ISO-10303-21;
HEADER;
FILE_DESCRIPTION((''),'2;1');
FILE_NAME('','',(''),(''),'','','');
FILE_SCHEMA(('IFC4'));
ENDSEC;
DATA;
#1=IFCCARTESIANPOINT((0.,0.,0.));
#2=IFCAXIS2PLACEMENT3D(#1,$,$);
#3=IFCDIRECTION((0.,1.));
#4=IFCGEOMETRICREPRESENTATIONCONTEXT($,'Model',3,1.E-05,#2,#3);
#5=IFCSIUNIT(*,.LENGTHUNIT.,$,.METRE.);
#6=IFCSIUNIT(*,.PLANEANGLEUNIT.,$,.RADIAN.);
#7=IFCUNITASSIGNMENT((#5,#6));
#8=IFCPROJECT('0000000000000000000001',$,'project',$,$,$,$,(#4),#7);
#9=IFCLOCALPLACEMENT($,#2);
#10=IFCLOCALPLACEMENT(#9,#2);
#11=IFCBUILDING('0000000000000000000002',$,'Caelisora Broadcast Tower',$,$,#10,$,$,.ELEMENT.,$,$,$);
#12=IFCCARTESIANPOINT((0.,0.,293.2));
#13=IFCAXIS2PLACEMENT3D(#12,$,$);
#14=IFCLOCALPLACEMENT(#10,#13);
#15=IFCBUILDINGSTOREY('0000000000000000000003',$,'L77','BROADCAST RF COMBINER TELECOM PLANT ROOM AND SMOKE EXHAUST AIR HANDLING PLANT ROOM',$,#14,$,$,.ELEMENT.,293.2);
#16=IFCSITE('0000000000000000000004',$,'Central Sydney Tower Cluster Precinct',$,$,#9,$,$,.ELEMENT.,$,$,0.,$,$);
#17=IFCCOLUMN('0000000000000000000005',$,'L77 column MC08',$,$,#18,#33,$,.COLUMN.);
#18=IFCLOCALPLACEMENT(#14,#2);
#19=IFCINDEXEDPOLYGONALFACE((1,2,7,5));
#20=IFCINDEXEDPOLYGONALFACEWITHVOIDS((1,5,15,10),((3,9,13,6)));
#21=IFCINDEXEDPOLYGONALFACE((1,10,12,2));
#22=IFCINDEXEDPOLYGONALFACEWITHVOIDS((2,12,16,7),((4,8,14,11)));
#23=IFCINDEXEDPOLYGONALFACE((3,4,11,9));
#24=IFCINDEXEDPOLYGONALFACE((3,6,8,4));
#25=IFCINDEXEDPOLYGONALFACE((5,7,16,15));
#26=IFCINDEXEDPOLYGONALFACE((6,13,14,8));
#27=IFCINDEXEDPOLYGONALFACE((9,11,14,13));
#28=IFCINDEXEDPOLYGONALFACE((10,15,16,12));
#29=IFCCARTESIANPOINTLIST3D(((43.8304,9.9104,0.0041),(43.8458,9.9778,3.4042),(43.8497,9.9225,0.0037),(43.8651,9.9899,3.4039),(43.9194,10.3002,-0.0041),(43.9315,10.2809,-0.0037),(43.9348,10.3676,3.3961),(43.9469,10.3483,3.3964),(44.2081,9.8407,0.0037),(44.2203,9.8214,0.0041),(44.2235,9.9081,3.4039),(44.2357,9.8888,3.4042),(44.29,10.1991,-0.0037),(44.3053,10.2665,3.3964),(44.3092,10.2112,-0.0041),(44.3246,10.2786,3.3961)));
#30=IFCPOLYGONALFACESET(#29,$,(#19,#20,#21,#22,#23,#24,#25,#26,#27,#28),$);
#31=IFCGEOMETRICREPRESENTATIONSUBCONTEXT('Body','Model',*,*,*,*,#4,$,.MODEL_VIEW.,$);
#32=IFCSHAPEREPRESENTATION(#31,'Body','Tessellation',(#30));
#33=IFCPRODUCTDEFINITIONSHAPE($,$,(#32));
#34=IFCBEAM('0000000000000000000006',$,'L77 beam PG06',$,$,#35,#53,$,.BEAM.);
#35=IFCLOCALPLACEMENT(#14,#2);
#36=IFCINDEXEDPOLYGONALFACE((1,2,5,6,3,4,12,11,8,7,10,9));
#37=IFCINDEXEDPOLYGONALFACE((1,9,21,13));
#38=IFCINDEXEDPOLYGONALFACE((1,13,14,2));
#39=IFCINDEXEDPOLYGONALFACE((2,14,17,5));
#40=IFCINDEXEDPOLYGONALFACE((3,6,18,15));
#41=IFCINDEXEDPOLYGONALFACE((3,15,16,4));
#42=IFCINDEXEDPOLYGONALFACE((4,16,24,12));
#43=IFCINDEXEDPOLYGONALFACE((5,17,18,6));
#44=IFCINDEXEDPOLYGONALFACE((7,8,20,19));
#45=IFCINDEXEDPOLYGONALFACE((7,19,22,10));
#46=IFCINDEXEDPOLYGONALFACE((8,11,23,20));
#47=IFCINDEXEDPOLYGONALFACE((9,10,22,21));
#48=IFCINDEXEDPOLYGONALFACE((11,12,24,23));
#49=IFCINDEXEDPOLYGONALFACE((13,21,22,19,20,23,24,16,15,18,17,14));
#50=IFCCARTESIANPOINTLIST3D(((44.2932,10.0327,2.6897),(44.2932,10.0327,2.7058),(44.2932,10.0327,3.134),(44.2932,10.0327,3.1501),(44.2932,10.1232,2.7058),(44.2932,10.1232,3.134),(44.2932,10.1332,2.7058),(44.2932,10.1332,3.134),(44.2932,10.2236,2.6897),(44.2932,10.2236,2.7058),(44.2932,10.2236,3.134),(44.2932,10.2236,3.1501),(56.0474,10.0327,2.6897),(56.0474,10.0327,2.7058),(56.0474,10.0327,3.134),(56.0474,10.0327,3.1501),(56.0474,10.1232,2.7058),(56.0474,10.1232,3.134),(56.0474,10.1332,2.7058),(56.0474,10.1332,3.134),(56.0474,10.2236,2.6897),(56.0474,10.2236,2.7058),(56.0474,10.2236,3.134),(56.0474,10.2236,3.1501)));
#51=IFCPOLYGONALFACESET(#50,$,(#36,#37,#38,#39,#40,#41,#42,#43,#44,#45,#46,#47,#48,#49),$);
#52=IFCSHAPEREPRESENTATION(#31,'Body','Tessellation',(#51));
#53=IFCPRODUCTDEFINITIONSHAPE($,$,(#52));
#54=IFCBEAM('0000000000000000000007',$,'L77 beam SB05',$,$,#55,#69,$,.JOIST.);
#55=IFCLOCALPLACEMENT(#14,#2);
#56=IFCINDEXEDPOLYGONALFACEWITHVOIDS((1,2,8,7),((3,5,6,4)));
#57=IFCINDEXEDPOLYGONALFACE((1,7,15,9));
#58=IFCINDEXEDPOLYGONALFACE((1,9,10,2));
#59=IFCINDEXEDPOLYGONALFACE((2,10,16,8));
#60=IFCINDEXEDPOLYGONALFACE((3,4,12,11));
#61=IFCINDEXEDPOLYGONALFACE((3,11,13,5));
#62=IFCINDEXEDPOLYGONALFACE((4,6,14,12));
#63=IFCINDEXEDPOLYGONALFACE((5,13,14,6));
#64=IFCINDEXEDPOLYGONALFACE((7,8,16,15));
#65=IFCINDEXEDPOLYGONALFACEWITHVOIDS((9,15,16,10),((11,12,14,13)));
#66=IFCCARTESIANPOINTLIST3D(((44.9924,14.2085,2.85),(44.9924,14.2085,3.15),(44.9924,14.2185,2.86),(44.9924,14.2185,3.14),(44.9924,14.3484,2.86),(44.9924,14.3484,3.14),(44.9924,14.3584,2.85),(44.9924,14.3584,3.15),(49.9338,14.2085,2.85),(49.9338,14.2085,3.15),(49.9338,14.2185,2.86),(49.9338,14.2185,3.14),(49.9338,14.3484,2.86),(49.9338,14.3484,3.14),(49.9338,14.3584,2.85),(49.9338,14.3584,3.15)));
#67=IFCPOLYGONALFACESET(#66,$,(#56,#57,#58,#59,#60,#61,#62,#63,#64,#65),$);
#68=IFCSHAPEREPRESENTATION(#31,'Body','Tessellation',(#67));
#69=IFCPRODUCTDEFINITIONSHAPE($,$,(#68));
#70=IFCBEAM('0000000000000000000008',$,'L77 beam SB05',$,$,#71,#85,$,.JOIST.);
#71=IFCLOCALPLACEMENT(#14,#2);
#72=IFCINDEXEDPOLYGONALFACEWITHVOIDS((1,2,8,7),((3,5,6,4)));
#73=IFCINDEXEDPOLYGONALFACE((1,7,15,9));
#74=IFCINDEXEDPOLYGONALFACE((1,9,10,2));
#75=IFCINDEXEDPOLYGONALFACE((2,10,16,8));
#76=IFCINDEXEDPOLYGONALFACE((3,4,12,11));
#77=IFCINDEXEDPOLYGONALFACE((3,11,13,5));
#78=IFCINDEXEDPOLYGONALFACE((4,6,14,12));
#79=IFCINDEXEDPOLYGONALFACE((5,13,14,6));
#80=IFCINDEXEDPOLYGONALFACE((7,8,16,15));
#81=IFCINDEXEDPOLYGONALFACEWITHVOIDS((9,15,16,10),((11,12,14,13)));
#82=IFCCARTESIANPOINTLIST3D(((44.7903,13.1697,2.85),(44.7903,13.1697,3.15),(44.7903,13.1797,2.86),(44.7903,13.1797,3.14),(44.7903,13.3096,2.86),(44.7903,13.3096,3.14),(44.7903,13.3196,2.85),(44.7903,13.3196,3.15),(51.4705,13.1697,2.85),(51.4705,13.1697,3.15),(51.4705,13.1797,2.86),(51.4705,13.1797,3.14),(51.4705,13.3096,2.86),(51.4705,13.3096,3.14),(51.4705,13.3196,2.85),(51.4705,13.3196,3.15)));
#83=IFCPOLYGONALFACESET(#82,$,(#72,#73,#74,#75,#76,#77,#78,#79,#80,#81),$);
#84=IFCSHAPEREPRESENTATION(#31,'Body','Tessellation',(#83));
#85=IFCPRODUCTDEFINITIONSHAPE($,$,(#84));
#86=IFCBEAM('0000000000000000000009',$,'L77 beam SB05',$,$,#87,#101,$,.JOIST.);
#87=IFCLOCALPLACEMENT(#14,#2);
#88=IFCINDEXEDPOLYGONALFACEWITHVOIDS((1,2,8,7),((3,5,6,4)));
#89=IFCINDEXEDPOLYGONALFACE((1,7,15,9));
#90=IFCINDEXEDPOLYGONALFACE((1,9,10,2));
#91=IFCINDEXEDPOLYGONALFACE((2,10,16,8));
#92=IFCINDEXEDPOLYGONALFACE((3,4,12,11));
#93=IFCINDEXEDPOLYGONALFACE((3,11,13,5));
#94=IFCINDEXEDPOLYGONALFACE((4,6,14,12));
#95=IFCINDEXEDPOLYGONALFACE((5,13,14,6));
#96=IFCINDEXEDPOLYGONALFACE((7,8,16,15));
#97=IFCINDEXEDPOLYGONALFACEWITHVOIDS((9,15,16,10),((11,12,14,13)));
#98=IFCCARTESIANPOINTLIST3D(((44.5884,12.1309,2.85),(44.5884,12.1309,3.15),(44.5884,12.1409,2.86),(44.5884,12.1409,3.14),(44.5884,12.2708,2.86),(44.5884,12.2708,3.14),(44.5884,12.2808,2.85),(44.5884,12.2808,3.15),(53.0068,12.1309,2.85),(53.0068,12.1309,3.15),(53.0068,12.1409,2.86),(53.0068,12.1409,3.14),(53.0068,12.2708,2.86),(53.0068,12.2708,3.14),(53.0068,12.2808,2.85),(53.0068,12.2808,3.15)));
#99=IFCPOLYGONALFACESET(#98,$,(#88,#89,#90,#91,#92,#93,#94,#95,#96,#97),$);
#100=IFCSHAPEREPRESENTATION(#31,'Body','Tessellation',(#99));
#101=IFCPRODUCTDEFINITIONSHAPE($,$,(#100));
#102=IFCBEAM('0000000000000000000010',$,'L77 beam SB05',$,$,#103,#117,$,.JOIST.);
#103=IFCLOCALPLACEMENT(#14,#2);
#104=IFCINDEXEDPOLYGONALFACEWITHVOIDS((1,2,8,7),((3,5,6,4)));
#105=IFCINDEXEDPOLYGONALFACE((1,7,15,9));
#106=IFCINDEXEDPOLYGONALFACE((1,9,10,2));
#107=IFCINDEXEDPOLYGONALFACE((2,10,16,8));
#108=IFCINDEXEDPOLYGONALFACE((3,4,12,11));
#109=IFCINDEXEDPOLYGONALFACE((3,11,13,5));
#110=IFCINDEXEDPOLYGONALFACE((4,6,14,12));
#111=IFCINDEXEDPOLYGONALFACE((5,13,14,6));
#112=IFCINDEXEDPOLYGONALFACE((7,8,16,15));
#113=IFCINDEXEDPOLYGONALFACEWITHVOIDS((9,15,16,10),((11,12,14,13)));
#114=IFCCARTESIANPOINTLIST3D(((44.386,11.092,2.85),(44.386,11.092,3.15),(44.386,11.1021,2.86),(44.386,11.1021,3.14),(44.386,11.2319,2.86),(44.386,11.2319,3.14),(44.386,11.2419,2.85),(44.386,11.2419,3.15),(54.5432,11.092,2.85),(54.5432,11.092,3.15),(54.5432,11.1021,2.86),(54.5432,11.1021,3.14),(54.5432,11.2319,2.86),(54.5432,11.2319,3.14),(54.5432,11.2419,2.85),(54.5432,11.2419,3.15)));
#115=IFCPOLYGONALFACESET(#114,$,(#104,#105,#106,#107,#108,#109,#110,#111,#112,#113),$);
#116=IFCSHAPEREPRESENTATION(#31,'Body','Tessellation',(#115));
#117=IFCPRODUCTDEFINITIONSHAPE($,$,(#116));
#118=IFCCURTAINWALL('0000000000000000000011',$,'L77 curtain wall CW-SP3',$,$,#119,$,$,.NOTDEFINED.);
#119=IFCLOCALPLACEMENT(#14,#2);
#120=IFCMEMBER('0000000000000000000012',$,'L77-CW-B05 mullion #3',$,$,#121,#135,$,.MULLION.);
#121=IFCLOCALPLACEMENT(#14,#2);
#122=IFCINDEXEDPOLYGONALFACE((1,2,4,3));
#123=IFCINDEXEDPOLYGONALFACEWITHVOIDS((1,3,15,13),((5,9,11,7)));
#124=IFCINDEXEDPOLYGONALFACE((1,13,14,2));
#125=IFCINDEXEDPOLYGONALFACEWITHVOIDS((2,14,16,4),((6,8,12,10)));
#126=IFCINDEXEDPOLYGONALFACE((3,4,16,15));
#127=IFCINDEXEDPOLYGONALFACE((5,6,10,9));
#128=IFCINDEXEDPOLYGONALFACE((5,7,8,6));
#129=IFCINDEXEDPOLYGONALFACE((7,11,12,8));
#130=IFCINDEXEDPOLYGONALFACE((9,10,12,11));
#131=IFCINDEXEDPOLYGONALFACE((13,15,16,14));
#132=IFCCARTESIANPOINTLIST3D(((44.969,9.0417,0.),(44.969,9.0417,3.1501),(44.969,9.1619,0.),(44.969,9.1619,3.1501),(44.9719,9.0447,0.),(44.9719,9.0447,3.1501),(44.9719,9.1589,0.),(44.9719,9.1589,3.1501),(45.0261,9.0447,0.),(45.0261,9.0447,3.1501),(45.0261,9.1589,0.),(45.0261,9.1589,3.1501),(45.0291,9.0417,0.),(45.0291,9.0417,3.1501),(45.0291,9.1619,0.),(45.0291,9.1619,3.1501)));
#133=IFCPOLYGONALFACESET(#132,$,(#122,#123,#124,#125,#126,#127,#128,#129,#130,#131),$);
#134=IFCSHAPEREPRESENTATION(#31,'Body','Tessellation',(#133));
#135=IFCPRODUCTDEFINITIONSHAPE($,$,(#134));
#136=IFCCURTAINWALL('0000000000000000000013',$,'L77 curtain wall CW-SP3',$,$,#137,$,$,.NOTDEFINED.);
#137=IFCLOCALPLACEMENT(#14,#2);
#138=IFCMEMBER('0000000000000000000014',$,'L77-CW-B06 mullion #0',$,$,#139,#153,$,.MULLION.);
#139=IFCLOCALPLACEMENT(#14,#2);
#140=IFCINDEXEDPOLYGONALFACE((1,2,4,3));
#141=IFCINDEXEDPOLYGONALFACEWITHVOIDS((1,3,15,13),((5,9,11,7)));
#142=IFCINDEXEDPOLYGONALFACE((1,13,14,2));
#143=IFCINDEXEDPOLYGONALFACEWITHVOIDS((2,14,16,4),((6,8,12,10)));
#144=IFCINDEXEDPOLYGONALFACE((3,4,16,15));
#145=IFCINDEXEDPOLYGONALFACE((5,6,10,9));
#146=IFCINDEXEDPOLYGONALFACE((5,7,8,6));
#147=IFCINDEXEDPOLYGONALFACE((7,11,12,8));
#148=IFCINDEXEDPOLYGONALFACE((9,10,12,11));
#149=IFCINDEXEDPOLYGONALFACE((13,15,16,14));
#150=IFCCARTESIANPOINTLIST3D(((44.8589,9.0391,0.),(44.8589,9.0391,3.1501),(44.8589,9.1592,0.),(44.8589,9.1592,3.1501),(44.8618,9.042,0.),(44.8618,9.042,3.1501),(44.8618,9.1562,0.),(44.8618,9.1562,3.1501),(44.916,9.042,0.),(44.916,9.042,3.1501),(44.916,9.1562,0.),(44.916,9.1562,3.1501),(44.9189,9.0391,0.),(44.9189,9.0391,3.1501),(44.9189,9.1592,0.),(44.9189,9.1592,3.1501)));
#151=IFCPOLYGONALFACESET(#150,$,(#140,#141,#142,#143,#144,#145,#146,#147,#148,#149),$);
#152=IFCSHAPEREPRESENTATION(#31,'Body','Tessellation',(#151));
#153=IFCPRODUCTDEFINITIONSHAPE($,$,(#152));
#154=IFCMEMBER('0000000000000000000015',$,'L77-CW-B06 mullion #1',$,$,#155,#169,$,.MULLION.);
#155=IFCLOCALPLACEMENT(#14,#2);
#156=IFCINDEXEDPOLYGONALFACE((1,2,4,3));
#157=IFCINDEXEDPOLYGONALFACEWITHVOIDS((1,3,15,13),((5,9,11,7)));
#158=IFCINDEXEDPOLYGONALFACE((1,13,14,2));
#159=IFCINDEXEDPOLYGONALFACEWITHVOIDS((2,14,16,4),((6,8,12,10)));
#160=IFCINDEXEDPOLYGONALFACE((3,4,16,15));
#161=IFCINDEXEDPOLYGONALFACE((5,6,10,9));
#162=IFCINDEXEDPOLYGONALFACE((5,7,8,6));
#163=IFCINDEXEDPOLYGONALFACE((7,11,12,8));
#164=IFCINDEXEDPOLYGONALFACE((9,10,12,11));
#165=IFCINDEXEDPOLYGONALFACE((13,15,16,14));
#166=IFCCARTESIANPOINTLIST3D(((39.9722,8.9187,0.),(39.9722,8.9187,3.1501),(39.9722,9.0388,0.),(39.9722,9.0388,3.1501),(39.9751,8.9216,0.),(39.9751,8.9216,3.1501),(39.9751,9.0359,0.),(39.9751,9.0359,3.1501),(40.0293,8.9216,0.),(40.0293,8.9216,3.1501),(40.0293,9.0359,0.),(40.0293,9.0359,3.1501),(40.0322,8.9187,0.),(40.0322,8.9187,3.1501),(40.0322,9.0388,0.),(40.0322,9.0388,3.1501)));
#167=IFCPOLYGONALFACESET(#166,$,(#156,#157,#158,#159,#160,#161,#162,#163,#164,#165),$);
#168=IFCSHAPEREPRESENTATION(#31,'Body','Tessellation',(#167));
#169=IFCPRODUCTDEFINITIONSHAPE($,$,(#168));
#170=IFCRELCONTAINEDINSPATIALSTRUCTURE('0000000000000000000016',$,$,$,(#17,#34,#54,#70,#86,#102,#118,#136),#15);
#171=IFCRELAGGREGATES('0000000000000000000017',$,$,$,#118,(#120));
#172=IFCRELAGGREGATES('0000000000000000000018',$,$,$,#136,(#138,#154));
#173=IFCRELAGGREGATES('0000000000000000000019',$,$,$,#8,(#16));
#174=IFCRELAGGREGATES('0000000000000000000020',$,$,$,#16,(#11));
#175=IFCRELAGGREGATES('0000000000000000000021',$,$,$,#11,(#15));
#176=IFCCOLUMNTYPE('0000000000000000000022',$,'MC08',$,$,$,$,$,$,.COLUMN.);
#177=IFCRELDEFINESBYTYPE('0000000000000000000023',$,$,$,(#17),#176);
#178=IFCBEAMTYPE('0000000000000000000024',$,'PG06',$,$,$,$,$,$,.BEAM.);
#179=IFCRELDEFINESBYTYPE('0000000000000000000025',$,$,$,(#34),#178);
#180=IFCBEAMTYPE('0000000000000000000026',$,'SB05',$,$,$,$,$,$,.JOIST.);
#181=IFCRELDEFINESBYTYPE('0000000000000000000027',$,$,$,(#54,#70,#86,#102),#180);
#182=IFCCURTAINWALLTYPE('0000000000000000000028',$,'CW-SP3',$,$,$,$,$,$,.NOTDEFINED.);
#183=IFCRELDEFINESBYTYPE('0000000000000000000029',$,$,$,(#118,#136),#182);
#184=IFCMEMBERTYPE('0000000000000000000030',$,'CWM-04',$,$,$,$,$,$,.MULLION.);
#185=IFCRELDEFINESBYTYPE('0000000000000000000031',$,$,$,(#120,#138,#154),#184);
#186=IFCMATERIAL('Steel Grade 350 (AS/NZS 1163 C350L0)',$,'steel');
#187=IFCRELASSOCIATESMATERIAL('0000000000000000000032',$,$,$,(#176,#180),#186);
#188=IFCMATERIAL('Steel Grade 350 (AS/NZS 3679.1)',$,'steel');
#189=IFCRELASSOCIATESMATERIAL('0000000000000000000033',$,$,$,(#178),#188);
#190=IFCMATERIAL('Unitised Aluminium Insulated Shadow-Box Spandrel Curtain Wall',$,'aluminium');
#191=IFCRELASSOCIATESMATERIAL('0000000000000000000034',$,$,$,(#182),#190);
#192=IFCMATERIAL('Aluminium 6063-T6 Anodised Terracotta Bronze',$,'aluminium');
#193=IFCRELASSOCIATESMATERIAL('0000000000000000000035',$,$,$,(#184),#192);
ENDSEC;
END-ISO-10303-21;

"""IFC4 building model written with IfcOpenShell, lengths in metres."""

from ifc_helpers import new_model, si_unit, direction, frame, origin, origin_2d, place, context, subcontext, project, spatial, hollow_rectangle, i_section, extrude, source, transform, mapped, material, material_profile, profile_set, type_object, type_shapes, element, aggregate, save


model = new_model("IFC4")

# Units and contexts
model_context = context("Model", 3, precision=1e-05, world=origin(), true_north=direction((0.0, 1.0)))
body_context = subcontext(model_context, "Body", "Model", "MODEL_VIEW")
ifc_project = project(units=[si_unit("LENGTHUNIT", "METRE"), si_unit("PLANEANGLEUNIT", "RADIAN")], contexts=[model_context])

# Site, building, storey
site_placement = place(None, origin())
site = spatial("IfcSite", under=ifc_project, at=site_placement, Name="Central Sydney Tower Cluster Precinct", CompositionType="ELEMENT", RefElevation=0.0)
building_placement = place(site_placement, origin())
building = spatial("IfcBuilding", under=site, at=building_placement, Name="Caelisora Broadcast Tower", CompositionType="ELEMENT")
storey_placement = place(building_placement, frame((0.0, 0.0, 293.2)))
storey = spatial("IfcBuildingStorey", under=building, at=storey_placement, Name="L77", Description="BROADCAST RF COMBINER TELECOM PLANT ROOM AND SMOKE EXHAUST AIR HANDLING PLANT ROOM", CompositionType="ELEMENT", Elevation=293.2)

# Column
ifc_material_1 = material(Name="Steel Grade 350 (AS/NZS 1163 C350L0)", Category="steel")
ifc_material_profile_1 = material_profile(ifc_material_1, hollow_rectangle(XDim=0.3999, YDim=0.3999, WallThickness=0.0161, at=origin_2d()), Name="Steel Grade 350 (AS/NZS 1163 C350L0)")
ifc_profile_set_1 = profile_set([ifc_material_profile_1], Name="Steel Grade 350 (AS/NZS 1163 C350L0)")
column_type = type_object("IfcColumnType", Name="MC08", PredefinedType="COLUMN", material=ifc_profile_set_1)
shared_shape_1 = source(origin(), body_context, "Body", "SweptSolid", [
    extrude(hollow_rectangle(XDim=0.3999, YDim=0.3999, WallThickness=0.0161, at=origin_2d()), origin(), (0.0, 0.0, 1.0), 3.4009),
])
type_shapes(column_type, [shared_shape_1])
column_placement = place(storey_placement, frame((44.0698, 10.0608, 0.0), z_axis=(0.004523, 0.019814, 0.999793), x_axis=(-0.974924, 0.222537, 0.0)))
element("IfcColumn", 1, at=column_placement, inside=storey, type_object=column_type, Name="L77 column MC08", PredefinedType="COLUMN", context=body_context, shape_type="MappedRepresentation", body=[
    mapped(shared_shape_1, transform((0.0, 0.0, 0.0), scale=1.0)),
])

# Beams
ifc_material_2 = material(Name="Steel Grade 350 (AS/NZS 3679.1)", Category="steel")
ifc_material_profile_2 = material_profile(ifc_material_2, i_section(OverallWidth=0.1909, OverallDepth=0.4604, WebThickness=0.01, FlangeThickness=0.0161, at=origin_2d()), Name="Steel Grade 350 (AS/NZS 3679.1)")
ifc_profile_set_2 = profile_set([ifc_material_profile_2], Name="Steel Grade 350 (AS/NZS 3679.1)")
beam_type_1 = type_object("IfcBeamType", Name="PG06", PredefinedType="BEAM", material=ifc_profile_set_2)
shared_shape_2 = source(origin(), body_context, "Body", "SweptSolid", [
    extrude(i_section(OverallWidth=0.1909, OverallDepth=0.4604, WebThickness=0.01, FlangeThickness=0.0161, at=origin_2d()), origin(), (0.0, 0.0, 1.0), 11.7542),
])
type_shapes(beam_type_1, [shared_shape_2])
beam_1_placement = place(storey_placement, frame((44.2932, 10.1282, 2.9199), z_axis=(1.0, 0.0, 0.0), x_axis=(0.0, 1.0, 0.0)))
element("IfcBeam", 2, at=beam_1_placement, inside=storey, type_object=beam_type_1, Name="L77 beam PG06", PredefinedType="BEAM", context=body_context, shape_type="MappedRepresentation", body=[
    mapped(shared_shape_2, transform((0.0, 0.0, 0.0), scale=1.0)),
])
ifc_material_profile_3 = material_profile(ifc_material_1, hollow_rectangle(XDim=0.1499, YDim=0.3, WallThickness=0.01, at=origin_2d()), Name="Steel Grade 350 (AS/NZS 1163 C350L0)")
ifc_profile_set_3 = profile_set([ifc_material_profile_3], Name="Steel Grade 350 (AS/NZS 1163 C350L0)")
beam_type_2 = type_object("IfcBeamType", Name="SB05", PredefinedType="JOIST", material=ifc_profile_set_3)
shared_shape_3 = source(origin(), body_context, "Body", "SweptSolid", [
    extrude(hollow_rectangle(XDim=0.1499, YDim=0.3, WallThickness=0.01, at=origin_2d()), origin(), (0.0, 0.0, 1.0), 4.9414),
])
beam_2_placement = place(storey_placement, frame((44.9924, 14.2834, 3.0), z_axis=(1.0, 0.0, 0.0), x_axis=(0.0, 1.0, 0.0)))
element("IfcBeam", 3, at=beam_2_placement, inside=storey, type_object=beam_type_2, Name="L77 beam SB05", PredefinedType="JOIST", context=body_context, shape_type="MappedRepresentation", body=[
    mapped(shared_shape_3, transform((0.0, 0.0, 0.0), scale=1.0)),
])
shared_shape_4 = source(origin(), body_context, "Body", "SweptSolid", [
    extrude(hollow_rectangle(XDim=0.1499, YDim=0.3, WallThickness=0.01, at=origin_2d()), origin(), (0.0, 0.0, 1.0), 6.6802),
])
beam_3_placement = place(storey_placement, frame((44.7903, 13.2446, 3.0), z_axis=(1.0, 0.0, 0.0), x_axis=(0.0, 1.0, 0.0)))
element("IfcBeam", 4, at=beam_3_placement, inside=storey, type_object=beam_type_2, Name="L77 beam SB05", PredefinedType="JOIST", context=body_context, shape_type="MappedRepresentation", body=[
    mapped(shared_shape_4, transform((0.0, 0.0, 0.0), scale=1.0)),
])
shared_shape_5 = source(origin(), body_context, "Body", "SweptSolid", [
    extrude(hollow_rectangle(XDim=0.1499, YDim=0.3, WallThickness=0.01, at=origin_2d()), origin(), (0.0, 0.0, 1.0), 8.4185),
])
beam_4_placement = place(storey_placement, frame((44.5884, 12.2058, 3.0), z_axis=(1.0, 0.0, 0.0), x_axis=(0.0, 1.0, 0.0)))
element("IfcBeam", 5, at=beam_4_placement, inside=storey, type_object=beam_type_2, Name="L77 beam SB05", PredefinedType="JOIST", context=body_context, shape_type="MappedRepresentation", body=[
    mapped(shared_shape_5, transform((0.0, 0.0, 0.0), scale=1.0)),
])
shared_shape_6 = source(origin(), body_context, "Body", "SweptSolid", [
    extrude(hollow_rectangle(XDim=0.1499, YDim=0.3, WallThickness=0.01, at=origin_2d()), origin(), (0.0, 0.0, 1.0), 10.1572),
])
type_shapes(beam_type_2, [shared_shape_3, shared_shape_4, shared_shape_5, shared_shape_6])
beam_5_placement = place(storey_placement, frame((44.386, 11.167, 3.0), z_axis=(1.0, 0.0, 0.0), x_axis=(0.0, 1.0, 0.0)))
element("IfcBeam", 6, at=beam_5_placement, inside=storey, type_object=beam_type_2, Name="L77 beam SB05", PredefinedType="JOIST", context=body_context, shape_type="MappedRepresentation", body=[
    mapped(shared_shape_6, transform((0.0, 0.0, 0.0), scale=1.0)),
])

# Curtain wall, member
ifc_material_3 = material(Name="Unitised Aluminium Insulated Shadow-Box Spandrel Curtain Wall", Category="aluminium")
curtain_wall_type = type_object("IfcCurtainWallType", Name="CW-SP3", PredefinedType="NOTDEFINED", material=ifc_material_3)
curtain_wall_1_placement = place(storey_placement, origin())
curtain_wall_1 = element("IfcCurtainWall", 7, at=curtain_wall_1_placement, inside=storey, type_object=curtain_wall_type, Name="L77 curtain wall CW-SP3", PredefinedType="NOTDEFINED")
ifc_material_4 = material(Name="Aluminium 6063-T6 Anodised Terracotta Bronze", Category="aluminium")
ifc_material_profile_4 = material_profile(ifc_material_4, hollow_rectangle(XDim=0.0601, YDim=0.1201, WallThickness=0.0029, at=origin_2d()), Name="Aluminium 6063-T6 Anodised Terracotta Bronze")
ifc_profile_set_4 = profile_set([ifc_material_profile_4], Name="Aluminium 6063-T6 Anodised Terracotta Bronze")
member_type_1 = type_object("IfcMemberType", Name="CWM-04", PredefinedType="MULLION", material=ifc_profile_set_4)
shared_shape_7 = source(origin(), body_context, "Body", "SweptSolid", [
    extrude(hollow_rectangle(XDim=0.0601, YDim=0.1201, WallThickness=0.0029, at=origin_2d()), origin(), (0.0, 0.0, 1.0), 3.1501),
])
type_shapes(member_type_1, [shared_shape_7])
member_1_placement = place(storey_placement, frame((44.999, 9.1018, 0.0), z_axis=(0.0, 0.0, 1.0), x_axis=(1.0, 0.0, 0.0)))
member_1 = element("IfcMember", 8, at=member_1_placement, type_object=member_type_1, Name="L77-CW-B05 mullion #3", PredefinedType="MULLION", context=body_context, shape_type="MappedRepresentation", body=[
    mapped(shared_shape_7, transform((0.0, 0.0, 0.0), scale=1.0)),
])

# Curtain wall, members
curtain_wall_2_placement = place(storey_placement, origin())
curtain_wall_2 = element("IfcCurtainWall", 9, at=curtain_wall_2_placement, inside=storey, type_object=curtain_wall_type, Name="L77 curtain wall CW-SP3", PredefinedType="NOTDEFINED")
member_2_placement = place(storey_placement, frame((44.8889, 9.0991, 0.0), z_axis=(0.0, 0.0, 1.0), x_axis=(1.0, 0.0, 0.0)))
member_2 = element("IfcMember", 10, at=member_2_placement, type_object=member_type_1, Name="L77-CW-B06 mullion #0", PredefinedType="MULLION", context=body_context, shape_type="MappedRepresentation", body=[
    mapped(shared_shape_7, transform((0.0, 0.0, 0.0), scale=1.0)),
])
member_3_placement = place(storey_placement, frame((40.0022, 8.9788, 0.0), z_axis=(0.0, 0.0, 1.0), x_axis=(1.0, 0.0, 0.0)))
member_3 = element("IfcMember", 11, at=member_3_placement, type_object=member_type_1, Name="L77-CW-B06 mullion #1", PredefinedType="MULLION", context=body_context, shape_type="MappedRepresentation", body=[
    mapped(shared_shape_7, transform((0.0, 0.0, 0.0), scale=1.0)),
])

aggregate(curtain_wall_1, [member_1])
aggregate(curtain_wall_2, [member_2, member_3])

save(model, "model.ifc")
